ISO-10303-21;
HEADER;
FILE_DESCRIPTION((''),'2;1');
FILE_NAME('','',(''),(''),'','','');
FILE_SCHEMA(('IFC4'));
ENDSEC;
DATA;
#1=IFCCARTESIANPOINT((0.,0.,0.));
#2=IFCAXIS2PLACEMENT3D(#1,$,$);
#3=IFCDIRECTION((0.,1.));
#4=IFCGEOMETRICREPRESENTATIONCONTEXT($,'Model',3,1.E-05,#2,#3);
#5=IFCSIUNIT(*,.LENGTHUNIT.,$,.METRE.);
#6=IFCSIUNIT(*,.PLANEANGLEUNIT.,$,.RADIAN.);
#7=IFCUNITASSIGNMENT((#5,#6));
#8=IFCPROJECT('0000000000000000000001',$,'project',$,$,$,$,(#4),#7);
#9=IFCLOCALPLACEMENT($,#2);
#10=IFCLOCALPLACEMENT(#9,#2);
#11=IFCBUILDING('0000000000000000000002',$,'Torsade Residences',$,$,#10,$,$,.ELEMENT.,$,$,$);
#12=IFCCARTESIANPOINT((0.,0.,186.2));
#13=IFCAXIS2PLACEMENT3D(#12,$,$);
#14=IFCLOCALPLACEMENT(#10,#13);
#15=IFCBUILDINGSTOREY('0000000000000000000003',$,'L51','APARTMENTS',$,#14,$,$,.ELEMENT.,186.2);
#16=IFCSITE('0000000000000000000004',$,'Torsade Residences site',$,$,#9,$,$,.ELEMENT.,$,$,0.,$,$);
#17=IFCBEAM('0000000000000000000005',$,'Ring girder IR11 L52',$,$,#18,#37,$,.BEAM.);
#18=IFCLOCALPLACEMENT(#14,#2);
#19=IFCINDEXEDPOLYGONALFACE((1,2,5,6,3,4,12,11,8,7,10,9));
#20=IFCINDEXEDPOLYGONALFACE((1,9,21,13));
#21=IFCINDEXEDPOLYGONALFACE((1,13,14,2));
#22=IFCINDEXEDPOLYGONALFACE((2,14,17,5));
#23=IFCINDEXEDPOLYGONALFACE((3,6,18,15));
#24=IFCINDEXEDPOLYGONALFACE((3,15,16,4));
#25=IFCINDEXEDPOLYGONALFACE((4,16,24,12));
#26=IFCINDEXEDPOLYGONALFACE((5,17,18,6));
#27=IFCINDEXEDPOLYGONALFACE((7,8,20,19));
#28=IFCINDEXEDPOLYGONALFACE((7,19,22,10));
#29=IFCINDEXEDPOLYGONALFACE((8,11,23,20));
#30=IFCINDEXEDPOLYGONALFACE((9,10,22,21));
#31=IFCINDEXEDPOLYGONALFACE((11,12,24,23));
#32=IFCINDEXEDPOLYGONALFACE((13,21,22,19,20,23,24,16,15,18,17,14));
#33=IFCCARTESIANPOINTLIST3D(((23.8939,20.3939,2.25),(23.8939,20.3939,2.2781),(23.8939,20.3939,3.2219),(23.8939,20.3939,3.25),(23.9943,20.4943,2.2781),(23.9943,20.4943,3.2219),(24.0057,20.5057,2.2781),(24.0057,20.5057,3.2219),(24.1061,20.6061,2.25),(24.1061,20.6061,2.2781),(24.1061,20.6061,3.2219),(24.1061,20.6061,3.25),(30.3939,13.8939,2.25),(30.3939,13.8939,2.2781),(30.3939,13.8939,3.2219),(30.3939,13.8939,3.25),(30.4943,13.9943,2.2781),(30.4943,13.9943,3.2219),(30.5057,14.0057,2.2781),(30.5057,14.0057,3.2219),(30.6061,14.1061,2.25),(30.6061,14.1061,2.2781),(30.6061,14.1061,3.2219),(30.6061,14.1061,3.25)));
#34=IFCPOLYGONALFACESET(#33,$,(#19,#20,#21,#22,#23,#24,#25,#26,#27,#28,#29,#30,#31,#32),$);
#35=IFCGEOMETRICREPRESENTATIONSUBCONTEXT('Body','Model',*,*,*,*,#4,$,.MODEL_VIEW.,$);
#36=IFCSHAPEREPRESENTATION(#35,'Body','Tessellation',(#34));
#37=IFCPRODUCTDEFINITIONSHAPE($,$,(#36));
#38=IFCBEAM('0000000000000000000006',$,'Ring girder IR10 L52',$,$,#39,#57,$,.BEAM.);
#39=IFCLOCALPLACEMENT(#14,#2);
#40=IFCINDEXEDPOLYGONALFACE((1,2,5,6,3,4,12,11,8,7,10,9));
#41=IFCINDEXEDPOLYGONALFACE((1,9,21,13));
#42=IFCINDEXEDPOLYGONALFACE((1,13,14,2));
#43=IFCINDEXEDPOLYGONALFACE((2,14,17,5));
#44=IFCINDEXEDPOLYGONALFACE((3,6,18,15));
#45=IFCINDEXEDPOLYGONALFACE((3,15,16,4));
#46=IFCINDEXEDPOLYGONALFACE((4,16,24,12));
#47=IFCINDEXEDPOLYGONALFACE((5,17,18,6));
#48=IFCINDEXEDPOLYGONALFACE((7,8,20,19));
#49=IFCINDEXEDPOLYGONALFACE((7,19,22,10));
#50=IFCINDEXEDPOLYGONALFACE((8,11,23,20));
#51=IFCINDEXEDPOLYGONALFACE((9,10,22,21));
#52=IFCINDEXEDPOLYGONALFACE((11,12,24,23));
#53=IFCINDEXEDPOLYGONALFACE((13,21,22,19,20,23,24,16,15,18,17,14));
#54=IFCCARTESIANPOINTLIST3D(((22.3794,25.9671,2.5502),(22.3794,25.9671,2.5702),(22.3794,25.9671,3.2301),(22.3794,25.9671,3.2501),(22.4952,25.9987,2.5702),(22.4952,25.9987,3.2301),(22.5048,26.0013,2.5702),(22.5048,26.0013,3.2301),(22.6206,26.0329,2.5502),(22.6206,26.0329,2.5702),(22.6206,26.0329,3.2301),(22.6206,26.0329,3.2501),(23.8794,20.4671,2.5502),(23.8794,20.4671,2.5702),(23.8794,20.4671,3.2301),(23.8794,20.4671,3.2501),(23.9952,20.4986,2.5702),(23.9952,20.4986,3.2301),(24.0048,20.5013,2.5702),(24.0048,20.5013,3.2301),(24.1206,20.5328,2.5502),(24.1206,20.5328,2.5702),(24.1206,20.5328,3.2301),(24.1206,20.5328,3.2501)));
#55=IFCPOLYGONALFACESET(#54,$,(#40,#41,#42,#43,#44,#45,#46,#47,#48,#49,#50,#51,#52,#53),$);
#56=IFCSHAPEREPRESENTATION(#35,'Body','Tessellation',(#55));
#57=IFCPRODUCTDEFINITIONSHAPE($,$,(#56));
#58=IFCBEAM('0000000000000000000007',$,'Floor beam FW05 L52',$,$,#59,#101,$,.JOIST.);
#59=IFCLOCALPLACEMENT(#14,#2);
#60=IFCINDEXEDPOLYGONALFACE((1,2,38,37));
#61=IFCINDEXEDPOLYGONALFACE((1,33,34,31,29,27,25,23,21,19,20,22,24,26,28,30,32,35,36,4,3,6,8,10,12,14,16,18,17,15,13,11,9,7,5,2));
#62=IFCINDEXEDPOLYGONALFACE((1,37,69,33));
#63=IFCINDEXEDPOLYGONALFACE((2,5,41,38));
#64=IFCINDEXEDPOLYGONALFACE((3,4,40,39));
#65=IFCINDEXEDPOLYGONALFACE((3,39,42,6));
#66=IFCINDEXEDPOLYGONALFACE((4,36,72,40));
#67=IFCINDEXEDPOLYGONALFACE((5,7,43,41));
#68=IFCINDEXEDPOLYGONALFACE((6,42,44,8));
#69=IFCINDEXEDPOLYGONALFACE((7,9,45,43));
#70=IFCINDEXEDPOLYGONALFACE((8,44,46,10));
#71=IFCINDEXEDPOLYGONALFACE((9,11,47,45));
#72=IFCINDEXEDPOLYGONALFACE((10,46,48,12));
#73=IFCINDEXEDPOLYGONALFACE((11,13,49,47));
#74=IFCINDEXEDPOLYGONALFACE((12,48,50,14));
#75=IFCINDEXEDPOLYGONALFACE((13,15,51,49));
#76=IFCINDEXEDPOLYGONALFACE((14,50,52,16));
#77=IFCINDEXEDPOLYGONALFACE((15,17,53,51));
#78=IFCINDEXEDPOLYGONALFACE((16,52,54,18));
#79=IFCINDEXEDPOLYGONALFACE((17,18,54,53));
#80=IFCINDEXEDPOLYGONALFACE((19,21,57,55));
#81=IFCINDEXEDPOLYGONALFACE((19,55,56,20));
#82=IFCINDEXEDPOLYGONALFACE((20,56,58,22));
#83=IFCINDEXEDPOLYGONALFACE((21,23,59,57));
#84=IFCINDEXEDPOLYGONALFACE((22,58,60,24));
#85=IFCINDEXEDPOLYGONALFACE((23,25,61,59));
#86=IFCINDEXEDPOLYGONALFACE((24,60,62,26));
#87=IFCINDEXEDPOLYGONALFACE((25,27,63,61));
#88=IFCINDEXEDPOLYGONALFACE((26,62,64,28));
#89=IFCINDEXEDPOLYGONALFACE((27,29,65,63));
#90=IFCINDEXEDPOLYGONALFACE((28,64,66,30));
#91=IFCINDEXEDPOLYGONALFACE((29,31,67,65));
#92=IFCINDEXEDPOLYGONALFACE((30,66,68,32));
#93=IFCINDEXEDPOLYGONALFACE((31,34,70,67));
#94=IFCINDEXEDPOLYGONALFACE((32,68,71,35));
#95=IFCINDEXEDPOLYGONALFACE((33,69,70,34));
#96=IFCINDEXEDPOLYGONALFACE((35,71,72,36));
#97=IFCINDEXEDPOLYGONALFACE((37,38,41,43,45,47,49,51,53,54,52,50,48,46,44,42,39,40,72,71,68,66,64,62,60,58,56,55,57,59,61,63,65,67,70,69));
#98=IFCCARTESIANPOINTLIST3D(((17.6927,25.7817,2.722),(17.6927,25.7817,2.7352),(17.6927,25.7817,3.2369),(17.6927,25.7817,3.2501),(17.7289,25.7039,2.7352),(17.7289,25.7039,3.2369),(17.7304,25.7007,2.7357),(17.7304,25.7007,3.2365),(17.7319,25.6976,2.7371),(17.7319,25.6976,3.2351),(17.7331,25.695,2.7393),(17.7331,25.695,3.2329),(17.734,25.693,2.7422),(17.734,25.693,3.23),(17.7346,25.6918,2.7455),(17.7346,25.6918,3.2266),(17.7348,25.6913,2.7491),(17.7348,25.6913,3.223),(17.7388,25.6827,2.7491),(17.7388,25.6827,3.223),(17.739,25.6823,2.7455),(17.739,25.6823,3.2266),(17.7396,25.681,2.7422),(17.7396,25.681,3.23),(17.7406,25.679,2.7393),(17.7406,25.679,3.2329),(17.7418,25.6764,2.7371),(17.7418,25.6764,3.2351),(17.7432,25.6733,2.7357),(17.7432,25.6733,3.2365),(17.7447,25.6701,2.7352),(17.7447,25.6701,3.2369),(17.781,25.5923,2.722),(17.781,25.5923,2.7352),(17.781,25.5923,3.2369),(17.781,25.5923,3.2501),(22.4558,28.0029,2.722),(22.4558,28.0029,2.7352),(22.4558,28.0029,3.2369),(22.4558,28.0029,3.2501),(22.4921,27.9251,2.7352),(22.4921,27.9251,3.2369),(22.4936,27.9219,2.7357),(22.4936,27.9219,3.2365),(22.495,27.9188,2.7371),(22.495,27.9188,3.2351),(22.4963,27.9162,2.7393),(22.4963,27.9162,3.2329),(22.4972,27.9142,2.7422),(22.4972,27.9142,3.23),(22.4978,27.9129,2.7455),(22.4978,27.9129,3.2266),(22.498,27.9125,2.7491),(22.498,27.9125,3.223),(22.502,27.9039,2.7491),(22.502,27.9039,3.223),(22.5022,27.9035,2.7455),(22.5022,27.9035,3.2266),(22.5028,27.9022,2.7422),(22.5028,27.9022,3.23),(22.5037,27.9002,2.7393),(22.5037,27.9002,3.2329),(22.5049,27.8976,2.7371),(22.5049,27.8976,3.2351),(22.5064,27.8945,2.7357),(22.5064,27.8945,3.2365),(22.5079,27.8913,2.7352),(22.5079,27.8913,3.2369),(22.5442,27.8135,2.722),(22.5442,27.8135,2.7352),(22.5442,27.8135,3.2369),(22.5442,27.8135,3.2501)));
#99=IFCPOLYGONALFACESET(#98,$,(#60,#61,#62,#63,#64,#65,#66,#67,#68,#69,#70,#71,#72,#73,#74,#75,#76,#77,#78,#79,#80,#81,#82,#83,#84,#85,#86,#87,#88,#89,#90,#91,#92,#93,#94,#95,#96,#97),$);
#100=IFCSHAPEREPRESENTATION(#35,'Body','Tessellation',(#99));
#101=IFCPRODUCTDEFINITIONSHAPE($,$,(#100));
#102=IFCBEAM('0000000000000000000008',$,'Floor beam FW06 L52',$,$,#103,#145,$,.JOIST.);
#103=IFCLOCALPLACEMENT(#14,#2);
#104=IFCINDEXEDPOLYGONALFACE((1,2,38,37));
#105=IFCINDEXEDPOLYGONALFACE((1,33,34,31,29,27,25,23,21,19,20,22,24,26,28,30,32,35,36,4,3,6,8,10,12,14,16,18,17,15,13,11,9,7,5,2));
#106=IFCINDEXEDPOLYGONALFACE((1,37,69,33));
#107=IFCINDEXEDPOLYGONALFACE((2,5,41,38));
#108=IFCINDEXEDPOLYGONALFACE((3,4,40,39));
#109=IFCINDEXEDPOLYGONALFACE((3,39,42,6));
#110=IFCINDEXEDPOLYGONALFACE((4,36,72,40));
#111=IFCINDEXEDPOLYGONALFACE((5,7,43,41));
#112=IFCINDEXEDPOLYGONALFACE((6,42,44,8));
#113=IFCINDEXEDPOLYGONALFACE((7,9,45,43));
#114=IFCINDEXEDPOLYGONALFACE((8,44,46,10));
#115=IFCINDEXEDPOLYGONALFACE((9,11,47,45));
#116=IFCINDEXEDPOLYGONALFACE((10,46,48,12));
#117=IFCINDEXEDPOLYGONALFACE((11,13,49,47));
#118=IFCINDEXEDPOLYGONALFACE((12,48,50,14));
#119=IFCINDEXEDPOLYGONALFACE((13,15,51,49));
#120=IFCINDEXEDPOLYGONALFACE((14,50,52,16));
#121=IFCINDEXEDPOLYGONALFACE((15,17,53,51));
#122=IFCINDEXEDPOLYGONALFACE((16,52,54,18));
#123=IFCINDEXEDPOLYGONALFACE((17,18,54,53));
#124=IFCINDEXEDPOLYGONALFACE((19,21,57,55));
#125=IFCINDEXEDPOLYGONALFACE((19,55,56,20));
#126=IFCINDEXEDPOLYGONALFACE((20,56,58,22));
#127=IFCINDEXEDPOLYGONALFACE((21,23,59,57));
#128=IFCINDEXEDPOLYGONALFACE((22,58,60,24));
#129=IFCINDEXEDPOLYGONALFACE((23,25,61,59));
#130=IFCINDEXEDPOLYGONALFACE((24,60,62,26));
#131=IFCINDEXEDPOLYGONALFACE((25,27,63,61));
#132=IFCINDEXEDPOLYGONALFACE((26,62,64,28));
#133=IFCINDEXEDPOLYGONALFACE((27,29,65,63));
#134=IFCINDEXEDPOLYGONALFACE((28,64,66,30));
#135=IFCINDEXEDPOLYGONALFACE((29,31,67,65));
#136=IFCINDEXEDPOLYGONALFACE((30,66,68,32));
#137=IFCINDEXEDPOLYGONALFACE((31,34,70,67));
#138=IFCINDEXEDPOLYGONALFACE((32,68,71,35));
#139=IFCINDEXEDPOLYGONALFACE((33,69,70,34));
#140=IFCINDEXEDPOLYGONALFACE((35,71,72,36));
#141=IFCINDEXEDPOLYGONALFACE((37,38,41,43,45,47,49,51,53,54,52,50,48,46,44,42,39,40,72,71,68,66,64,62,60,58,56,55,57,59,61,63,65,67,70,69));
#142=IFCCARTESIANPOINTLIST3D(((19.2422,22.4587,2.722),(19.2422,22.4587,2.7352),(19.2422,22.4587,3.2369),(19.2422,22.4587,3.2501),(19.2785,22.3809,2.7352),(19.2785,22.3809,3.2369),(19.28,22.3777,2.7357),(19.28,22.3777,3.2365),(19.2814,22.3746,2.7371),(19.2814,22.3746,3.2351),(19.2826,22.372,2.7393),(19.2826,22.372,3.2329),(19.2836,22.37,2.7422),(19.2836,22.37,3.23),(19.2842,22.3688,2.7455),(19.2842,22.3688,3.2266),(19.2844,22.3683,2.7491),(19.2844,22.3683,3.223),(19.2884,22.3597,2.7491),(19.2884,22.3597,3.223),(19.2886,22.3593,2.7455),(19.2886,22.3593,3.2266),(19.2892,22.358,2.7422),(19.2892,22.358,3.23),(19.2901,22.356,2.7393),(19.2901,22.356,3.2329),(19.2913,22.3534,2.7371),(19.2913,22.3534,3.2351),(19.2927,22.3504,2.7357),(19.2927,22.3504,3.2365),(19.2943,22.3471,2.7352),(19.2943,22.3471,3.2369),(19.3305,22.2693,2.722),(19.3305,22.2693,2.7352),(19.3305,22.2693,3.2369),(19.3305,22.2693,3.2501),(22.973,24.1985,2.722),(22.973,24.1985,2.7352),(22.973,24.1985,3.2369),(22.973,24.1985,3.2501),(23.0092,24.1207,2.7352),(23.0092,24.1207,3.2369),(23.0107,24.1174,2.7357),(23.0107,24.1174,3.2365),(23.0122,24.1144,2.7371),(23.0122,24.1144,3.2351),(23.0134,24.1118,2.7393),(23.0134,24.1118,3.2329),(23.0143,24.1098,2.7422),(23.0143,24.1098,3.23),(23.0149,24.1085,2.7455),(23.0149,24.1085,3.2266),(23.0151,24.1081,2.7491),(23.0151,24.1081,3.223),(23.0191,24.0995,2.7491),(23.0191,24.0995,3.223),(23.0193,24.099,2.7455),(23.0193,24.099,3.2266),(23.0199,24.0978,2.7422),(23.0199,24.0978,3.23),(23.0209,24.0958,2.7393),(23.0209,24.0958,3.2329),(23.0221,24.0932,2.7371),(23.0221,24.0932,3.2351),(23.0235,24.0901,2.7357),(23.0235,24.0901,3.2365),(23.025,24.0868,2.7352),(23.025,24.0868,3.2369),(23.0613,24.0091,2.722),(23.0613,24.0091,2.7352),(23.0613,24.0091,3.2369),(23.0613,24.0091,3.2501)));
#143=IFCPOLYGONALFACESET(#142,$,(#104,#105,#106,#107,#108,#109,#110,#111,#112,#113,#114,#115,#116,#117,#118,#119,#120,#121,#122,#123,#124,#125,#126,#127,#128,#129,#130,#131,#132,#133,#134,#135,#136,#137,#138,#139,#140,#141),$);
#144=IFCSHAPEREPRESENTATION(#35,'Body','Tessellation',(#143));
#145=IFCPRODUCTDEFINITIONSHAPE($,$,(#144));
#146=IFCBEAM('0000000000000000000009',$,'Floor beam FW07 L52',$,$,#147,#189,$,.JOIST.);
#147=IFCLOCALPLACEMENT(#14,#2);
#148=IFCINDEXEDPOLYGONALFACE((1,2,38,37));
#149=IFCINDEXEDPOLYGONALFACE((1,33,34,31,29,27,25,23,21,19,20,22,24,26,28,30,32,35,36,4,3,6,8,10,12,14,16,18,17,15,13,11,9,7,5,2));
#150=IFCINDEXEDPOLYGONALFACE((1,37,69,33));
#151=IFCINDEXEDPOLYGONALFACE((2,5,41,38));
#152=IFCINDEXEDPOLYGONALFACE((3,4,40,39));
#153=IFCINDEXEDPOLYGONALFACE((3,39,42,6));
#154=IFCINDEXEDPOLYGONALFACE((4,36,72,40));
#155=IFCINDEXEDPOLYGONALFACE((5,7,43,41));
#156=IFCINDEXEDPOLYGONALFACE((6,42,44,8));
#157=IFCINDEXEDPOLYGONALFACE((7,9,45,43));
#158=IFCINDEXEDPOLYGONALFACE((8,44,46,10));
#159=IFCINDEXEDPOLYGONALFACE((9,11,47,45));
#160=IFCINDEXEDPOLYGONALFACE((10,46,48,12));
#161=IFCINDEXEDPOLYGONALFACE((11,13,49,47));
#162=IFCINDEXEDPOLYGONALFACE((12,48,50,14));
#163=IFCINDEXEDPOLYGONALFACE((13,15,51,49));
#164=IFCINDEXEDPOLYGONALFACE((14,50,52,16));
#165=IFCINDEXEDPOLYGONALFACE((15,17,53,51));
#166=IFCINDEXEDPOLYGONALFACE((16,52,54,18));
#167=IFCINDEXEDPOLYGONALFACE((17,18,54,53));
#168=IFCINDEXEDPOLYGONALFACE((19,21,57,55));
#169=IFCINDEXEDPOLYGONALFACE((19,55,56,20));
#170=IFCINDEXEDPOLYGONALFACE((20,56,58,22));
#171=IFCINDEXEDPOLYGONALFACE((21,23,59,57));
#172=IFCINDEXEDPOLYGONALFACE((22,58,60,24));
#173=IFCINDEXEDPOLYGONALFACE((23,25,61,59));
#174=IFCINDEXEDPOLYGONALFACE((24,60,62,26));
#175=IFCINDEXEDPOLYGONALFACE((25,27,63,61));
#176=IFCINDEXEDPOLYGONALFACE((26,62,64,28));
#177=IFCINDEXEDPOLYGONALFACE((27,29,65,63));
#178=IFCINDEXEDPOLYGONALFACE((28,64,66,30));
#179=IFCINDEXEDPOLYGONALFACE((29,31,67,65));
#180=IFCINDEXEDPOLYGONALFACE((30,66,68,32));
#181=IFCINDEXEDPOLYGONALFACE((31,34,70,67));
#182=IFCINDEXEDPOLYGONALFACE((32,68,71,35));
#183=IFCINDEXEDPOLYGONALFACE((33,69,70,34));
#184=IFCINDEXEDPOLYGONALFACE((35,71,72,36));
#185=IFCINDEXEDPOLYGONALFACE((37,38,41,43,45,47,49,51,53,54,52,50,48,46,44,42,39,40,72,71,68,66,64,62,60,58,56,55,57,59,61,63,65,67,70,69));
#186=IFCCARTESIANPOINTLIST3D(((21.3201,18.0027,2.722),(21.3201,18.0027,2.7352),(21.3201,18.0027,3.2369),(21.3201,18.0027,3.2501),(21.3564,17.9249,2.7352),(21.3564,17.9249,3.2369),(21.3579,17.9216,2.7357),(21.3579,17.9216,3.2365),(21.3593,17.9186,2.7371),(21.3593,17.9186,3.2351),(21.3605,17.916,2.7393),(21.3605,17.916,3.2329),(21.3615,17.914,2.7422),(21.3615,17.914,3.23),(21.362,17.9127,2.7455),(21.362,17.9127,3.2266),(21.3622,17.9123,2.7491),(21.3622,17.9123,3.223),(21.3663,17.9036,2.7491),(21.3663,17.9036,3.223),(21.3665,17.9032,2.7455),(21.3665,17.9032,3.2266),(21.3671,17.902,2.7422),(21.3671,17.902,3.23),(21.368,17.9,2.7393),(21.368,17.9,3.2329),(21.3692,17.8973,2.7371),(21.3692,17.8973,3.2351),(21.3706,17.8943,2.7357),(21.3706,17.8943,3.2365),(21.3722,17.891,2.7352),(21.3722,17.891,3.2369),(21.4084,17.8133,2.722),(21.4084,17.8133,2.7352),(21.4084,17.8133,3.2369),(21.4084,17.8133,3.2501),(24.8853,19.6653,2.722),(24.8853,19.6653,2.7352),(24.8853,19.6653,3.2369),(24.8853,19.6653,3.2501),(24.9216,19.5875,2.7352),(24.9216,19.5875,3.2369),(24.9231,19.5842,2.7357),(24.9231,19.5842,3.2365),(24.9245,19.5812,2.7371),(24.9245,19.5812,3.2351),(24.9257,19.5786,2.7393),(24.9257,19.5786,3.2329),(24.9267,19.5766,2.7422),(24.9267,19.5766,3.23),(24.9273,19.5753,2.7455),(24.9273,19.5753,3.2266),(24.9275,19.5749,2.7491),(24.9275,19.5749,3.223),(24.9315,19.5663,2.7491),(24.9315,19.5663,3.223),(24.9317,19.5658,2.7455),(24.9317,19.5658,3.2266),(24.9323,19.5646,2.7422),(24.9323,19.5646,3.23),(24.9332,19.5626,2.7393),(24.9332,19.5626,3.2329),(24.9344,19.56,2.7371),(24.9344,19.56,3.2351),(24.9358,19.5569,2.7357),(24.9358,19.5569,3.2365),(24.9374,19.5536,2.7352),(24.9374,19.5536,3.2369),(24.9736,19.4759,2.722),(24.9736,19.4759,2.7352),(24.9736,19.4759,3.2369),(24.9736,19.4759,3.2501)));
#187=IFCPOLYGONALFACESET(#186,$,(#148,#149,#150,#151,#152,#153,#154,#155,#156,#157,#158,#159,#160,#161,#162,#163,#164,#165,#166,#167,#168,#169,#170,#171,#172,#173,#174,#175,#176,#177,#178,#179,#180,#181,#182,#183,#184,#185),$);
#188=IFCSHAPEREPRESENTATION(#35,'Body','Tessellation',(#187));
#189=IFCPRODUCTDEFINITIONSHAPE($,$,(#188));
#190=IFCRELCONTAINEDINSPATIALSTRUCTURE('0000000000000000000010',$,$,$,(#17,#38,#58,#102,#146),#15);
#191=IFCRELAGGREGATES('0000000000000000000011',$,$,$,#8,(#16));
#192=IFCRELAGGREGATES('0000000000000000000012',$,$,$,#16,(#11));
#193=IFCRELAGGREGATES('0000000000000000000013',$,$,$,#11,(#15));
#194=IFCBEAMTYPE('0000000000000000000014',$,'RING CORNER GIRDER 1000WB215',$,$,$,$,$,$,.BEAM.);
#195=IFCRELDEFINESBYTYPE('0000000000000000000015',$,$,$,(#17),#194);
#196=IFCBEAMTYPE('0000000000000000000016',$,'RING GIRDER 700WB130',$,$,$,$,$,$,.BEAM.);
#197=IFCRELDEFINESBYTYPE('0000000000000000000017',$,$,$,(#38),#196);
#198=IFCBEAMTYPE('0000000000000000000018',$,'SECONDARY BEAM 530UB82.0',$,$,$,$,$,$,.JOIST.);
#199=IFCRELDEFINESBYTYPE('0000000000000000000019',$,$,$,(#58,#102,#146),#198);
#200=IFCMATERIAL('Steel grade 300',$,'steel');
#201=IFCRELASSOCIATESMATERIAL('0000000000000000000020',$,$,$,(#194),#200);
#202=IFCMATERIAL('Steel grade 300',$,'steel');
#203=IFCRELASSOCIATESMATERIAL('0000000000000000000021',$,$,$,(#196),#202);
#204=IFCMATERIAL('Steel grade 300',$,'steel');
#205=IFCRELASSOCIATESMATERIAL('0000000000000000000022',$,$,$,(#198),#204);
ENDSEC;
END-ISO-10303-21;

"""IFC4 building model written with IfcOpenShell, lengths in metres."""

from ifc_helpers import new_model, si_unit, direction, frame, origin, origin_2d, place, context, subcontext, project, spatial, i_section, extrude, material, material_profile, profile_set, type_object, element, save


model = new_model("IFC4")

# Units and contexts
model_context = context("Model", 3, precision=1e-05, world=origin(), true_north=direction((0.0, 1.0)))
body_context = subcontext(model_context, "Body", "Model", "MODEL_VIEW")
ifc_project = project(units=[si_unit("LENGTHUNIT", "METRE"), si_unit("PLANEANGLEUNIT", "RADIAN")], contexts=[model_context])

# Site, building, storey
site_placement = place(None, origin())
site = spatial("IfcSite", under=ifc_project, at=site_placement, Name="Torsade Residences site", CompositionType="ELEMENT", RefElevation=0.0)
building_placement = place(site_placement, origin())
building = spatial("IfcBuilding", under=site, at=building_placement, Name="Torsade Residences", CompositionType="ELEMENT")
storey_placement = place(building_placement, frame((0.0, 0.0, 186.2)))
storey = spatial("IfcBuildingStorey", under=building, at=storey_placement, Name="L51", Description="APARTMENTS", CompositionType="ELEMENT", Elevation=186.2)

# Beams
ifc_material_1 = material(Name="Steel grade 300", Category="steel")
ifc_material_profile_1 = material_profile(ifc_material_1, i_section(OverallWidth=0.3, OverallDepth=1.0, WebThickness=0.0161, FlangeThickness=0.0281, at=origin_2d()), Name="1000WB215")
ifc_profile_set_1 = profile_set([ifc_material_profile_1], Name="Steel grade 300")
beam_type_1 = type_object("IfcBeamType", Name="RING CORNER GIRDER 1000WB215", PredefinedType="BEAM", material=ifc_profile_set_1)
beam_1_placement = place(storey_placement, frame((24.0, 20.5, 2.75), z_axis=(0.707107, -0.707107, 0.0), x_axis=(0.707107, 0.707107, 0.0)))
element("IfcBeam", 1, at=beam_1_placement, inside=storey, type_object=beam_type_1, Name="Ring girder IR11 L52", PredefinedType="BEAM", context=body_context, shape_type="SweptSolid", body=[
    extrude(i_section(OverallWidth=0.3, OverallDepth=1.0, WebThickness=0.0161, FlangeThickness=0.0281, at=origin_2d()), origin(), (0.0, 0.0, 1.0), 9.1924),
])
ifc_material_2 = material(Name="Steel grade 300", Category="steel")
ifc_material_profile_2 = material_profile(ifc_material_2, i_section(OverallWidth=0.25, OverallDepth=0.7, WebThickness=0.01, FlangeThickness=0.02, at=origin_2d()), Name="700WB130")
ifc_profile_set_2 = profile_set([ifc_material_profile_2], Name="Steel grade 300")
beam_type_2 = type_object("IfcBeamType", Name="RING GIRDER 700WB130", PredefinedType="BEAM", material=ifc_profile_set_2)
beam_2_placement = place(storey_placement, frame((22.5, 26.0, 2.9001), z_axis=(0.263117, -0.964764, 0.0), x_axis=(0.964764, 0.263117, 0.0)))
element("IfcBeam", 2, at=beam_2_placement, inside=storey, type_object=beam_type_2, Name="Ring girder IR10 L52", PredefinedType="BEAM", context=body_context, shape_type="SweptSolid", body=[
    extrude(i_section(OverallWidth=0.25, OverallDepth=0.7, WebThickness=0.01, FlangeThickness=0.02, at=origin_2d()), origin(), (0.0, 0.0, 1.0), 5.7009),
])
ifc_material_3 = material(Name="Steel grade 300", Category="steel")
ifc_material_profile_3 = material_profile(ifc_material_3, i_section(OverallWidth=0.209, OverallDepth=0.5281, WebThickness=0.0095, FlangeThickness=0.0132, FilletRadius=0.0139, at=origin_2d()), Name="530UB82.0")
ifc_profile_set_3 = profile_set([ifc_material_profile_3], Name="Steel grade 300")
beam_type_3 = type_object("IfcBeamType", Name="SECONDARY BEAM 530UB82.0", PredefinedType="JOIST", material=ifc_profile_set_3)
beam_3_placement = place(storey_placement, frame((17.7368, 25.687, 2.9861), z_axis=(0.906302, 0.422631, 0.0), x_axis=(-0.422631, 0.906302, 0.0)))
element("IfcBeam", 3, at=beam_3_placement, inside=storey, type_object=beam_type_3, Name="Floor beam FW05 L52", PredefinedType="JOIST", context=body_context, shape_type="SweptSolid", body=[
    extrude(i_section(OverallWidth=0.209, OverallDepth=0.5281, WebThickness=0.0095, FlangeThickness=0.0132, FilletRadius=0.0139, at=origin_2d()), origin(), (0.0, 0.0, 1.0), 5.2556),
])
beam_4_placement = place(storey_placement, frame((19.2864, 22.364, 2.9861), z_axis=(0.9063, 0.422635, 0.0), x_axis=(-0.422635, 0.9063, 0.0)))
element("IfcBeam", 4, at=beam_4_placement, inside=storey, type_object=beam_type_3, Name="Floor beam FW06 L52", PredefinedType="JOIST", context=body_context, shape_type="SweptSolid", body=[
    extrude(i_section(OverallWidth=0.209, OverallDepth=0.5281, WebThickness=0.0095, FlangeThickness=0.0132, FilletRadius=0.0139, at=origin_2d()), origin(), (0.0, 0.0, 1.0), 4.1165),
])
beam_5_placement = place(storey_placement, frame((21.3643, 17.908, 2.9861), z_axis=(0.906296, 0.422644, 0.0), x_axis=(-0.422644, 0.906296, 0.0)))
element("IfcBeam", 5, at=beam_5_placement, inside=storey, type_object=beam_type_3, Name="Floor beam FW07 L52", PredefinedType="JOIST", context=body_context, shape_type="SweptSolid", body=[
    extrude(i_section(OverallWidth=0.209, OverallDepth=0.5281, WebThickness=0.0095, FlangeThickness=0.0132, FilletRadius=0.0139, at=origin_2d()), origin(), (0.0, 0.0, 1.0), 3.9338),
])

save(model, "model.ifc")
